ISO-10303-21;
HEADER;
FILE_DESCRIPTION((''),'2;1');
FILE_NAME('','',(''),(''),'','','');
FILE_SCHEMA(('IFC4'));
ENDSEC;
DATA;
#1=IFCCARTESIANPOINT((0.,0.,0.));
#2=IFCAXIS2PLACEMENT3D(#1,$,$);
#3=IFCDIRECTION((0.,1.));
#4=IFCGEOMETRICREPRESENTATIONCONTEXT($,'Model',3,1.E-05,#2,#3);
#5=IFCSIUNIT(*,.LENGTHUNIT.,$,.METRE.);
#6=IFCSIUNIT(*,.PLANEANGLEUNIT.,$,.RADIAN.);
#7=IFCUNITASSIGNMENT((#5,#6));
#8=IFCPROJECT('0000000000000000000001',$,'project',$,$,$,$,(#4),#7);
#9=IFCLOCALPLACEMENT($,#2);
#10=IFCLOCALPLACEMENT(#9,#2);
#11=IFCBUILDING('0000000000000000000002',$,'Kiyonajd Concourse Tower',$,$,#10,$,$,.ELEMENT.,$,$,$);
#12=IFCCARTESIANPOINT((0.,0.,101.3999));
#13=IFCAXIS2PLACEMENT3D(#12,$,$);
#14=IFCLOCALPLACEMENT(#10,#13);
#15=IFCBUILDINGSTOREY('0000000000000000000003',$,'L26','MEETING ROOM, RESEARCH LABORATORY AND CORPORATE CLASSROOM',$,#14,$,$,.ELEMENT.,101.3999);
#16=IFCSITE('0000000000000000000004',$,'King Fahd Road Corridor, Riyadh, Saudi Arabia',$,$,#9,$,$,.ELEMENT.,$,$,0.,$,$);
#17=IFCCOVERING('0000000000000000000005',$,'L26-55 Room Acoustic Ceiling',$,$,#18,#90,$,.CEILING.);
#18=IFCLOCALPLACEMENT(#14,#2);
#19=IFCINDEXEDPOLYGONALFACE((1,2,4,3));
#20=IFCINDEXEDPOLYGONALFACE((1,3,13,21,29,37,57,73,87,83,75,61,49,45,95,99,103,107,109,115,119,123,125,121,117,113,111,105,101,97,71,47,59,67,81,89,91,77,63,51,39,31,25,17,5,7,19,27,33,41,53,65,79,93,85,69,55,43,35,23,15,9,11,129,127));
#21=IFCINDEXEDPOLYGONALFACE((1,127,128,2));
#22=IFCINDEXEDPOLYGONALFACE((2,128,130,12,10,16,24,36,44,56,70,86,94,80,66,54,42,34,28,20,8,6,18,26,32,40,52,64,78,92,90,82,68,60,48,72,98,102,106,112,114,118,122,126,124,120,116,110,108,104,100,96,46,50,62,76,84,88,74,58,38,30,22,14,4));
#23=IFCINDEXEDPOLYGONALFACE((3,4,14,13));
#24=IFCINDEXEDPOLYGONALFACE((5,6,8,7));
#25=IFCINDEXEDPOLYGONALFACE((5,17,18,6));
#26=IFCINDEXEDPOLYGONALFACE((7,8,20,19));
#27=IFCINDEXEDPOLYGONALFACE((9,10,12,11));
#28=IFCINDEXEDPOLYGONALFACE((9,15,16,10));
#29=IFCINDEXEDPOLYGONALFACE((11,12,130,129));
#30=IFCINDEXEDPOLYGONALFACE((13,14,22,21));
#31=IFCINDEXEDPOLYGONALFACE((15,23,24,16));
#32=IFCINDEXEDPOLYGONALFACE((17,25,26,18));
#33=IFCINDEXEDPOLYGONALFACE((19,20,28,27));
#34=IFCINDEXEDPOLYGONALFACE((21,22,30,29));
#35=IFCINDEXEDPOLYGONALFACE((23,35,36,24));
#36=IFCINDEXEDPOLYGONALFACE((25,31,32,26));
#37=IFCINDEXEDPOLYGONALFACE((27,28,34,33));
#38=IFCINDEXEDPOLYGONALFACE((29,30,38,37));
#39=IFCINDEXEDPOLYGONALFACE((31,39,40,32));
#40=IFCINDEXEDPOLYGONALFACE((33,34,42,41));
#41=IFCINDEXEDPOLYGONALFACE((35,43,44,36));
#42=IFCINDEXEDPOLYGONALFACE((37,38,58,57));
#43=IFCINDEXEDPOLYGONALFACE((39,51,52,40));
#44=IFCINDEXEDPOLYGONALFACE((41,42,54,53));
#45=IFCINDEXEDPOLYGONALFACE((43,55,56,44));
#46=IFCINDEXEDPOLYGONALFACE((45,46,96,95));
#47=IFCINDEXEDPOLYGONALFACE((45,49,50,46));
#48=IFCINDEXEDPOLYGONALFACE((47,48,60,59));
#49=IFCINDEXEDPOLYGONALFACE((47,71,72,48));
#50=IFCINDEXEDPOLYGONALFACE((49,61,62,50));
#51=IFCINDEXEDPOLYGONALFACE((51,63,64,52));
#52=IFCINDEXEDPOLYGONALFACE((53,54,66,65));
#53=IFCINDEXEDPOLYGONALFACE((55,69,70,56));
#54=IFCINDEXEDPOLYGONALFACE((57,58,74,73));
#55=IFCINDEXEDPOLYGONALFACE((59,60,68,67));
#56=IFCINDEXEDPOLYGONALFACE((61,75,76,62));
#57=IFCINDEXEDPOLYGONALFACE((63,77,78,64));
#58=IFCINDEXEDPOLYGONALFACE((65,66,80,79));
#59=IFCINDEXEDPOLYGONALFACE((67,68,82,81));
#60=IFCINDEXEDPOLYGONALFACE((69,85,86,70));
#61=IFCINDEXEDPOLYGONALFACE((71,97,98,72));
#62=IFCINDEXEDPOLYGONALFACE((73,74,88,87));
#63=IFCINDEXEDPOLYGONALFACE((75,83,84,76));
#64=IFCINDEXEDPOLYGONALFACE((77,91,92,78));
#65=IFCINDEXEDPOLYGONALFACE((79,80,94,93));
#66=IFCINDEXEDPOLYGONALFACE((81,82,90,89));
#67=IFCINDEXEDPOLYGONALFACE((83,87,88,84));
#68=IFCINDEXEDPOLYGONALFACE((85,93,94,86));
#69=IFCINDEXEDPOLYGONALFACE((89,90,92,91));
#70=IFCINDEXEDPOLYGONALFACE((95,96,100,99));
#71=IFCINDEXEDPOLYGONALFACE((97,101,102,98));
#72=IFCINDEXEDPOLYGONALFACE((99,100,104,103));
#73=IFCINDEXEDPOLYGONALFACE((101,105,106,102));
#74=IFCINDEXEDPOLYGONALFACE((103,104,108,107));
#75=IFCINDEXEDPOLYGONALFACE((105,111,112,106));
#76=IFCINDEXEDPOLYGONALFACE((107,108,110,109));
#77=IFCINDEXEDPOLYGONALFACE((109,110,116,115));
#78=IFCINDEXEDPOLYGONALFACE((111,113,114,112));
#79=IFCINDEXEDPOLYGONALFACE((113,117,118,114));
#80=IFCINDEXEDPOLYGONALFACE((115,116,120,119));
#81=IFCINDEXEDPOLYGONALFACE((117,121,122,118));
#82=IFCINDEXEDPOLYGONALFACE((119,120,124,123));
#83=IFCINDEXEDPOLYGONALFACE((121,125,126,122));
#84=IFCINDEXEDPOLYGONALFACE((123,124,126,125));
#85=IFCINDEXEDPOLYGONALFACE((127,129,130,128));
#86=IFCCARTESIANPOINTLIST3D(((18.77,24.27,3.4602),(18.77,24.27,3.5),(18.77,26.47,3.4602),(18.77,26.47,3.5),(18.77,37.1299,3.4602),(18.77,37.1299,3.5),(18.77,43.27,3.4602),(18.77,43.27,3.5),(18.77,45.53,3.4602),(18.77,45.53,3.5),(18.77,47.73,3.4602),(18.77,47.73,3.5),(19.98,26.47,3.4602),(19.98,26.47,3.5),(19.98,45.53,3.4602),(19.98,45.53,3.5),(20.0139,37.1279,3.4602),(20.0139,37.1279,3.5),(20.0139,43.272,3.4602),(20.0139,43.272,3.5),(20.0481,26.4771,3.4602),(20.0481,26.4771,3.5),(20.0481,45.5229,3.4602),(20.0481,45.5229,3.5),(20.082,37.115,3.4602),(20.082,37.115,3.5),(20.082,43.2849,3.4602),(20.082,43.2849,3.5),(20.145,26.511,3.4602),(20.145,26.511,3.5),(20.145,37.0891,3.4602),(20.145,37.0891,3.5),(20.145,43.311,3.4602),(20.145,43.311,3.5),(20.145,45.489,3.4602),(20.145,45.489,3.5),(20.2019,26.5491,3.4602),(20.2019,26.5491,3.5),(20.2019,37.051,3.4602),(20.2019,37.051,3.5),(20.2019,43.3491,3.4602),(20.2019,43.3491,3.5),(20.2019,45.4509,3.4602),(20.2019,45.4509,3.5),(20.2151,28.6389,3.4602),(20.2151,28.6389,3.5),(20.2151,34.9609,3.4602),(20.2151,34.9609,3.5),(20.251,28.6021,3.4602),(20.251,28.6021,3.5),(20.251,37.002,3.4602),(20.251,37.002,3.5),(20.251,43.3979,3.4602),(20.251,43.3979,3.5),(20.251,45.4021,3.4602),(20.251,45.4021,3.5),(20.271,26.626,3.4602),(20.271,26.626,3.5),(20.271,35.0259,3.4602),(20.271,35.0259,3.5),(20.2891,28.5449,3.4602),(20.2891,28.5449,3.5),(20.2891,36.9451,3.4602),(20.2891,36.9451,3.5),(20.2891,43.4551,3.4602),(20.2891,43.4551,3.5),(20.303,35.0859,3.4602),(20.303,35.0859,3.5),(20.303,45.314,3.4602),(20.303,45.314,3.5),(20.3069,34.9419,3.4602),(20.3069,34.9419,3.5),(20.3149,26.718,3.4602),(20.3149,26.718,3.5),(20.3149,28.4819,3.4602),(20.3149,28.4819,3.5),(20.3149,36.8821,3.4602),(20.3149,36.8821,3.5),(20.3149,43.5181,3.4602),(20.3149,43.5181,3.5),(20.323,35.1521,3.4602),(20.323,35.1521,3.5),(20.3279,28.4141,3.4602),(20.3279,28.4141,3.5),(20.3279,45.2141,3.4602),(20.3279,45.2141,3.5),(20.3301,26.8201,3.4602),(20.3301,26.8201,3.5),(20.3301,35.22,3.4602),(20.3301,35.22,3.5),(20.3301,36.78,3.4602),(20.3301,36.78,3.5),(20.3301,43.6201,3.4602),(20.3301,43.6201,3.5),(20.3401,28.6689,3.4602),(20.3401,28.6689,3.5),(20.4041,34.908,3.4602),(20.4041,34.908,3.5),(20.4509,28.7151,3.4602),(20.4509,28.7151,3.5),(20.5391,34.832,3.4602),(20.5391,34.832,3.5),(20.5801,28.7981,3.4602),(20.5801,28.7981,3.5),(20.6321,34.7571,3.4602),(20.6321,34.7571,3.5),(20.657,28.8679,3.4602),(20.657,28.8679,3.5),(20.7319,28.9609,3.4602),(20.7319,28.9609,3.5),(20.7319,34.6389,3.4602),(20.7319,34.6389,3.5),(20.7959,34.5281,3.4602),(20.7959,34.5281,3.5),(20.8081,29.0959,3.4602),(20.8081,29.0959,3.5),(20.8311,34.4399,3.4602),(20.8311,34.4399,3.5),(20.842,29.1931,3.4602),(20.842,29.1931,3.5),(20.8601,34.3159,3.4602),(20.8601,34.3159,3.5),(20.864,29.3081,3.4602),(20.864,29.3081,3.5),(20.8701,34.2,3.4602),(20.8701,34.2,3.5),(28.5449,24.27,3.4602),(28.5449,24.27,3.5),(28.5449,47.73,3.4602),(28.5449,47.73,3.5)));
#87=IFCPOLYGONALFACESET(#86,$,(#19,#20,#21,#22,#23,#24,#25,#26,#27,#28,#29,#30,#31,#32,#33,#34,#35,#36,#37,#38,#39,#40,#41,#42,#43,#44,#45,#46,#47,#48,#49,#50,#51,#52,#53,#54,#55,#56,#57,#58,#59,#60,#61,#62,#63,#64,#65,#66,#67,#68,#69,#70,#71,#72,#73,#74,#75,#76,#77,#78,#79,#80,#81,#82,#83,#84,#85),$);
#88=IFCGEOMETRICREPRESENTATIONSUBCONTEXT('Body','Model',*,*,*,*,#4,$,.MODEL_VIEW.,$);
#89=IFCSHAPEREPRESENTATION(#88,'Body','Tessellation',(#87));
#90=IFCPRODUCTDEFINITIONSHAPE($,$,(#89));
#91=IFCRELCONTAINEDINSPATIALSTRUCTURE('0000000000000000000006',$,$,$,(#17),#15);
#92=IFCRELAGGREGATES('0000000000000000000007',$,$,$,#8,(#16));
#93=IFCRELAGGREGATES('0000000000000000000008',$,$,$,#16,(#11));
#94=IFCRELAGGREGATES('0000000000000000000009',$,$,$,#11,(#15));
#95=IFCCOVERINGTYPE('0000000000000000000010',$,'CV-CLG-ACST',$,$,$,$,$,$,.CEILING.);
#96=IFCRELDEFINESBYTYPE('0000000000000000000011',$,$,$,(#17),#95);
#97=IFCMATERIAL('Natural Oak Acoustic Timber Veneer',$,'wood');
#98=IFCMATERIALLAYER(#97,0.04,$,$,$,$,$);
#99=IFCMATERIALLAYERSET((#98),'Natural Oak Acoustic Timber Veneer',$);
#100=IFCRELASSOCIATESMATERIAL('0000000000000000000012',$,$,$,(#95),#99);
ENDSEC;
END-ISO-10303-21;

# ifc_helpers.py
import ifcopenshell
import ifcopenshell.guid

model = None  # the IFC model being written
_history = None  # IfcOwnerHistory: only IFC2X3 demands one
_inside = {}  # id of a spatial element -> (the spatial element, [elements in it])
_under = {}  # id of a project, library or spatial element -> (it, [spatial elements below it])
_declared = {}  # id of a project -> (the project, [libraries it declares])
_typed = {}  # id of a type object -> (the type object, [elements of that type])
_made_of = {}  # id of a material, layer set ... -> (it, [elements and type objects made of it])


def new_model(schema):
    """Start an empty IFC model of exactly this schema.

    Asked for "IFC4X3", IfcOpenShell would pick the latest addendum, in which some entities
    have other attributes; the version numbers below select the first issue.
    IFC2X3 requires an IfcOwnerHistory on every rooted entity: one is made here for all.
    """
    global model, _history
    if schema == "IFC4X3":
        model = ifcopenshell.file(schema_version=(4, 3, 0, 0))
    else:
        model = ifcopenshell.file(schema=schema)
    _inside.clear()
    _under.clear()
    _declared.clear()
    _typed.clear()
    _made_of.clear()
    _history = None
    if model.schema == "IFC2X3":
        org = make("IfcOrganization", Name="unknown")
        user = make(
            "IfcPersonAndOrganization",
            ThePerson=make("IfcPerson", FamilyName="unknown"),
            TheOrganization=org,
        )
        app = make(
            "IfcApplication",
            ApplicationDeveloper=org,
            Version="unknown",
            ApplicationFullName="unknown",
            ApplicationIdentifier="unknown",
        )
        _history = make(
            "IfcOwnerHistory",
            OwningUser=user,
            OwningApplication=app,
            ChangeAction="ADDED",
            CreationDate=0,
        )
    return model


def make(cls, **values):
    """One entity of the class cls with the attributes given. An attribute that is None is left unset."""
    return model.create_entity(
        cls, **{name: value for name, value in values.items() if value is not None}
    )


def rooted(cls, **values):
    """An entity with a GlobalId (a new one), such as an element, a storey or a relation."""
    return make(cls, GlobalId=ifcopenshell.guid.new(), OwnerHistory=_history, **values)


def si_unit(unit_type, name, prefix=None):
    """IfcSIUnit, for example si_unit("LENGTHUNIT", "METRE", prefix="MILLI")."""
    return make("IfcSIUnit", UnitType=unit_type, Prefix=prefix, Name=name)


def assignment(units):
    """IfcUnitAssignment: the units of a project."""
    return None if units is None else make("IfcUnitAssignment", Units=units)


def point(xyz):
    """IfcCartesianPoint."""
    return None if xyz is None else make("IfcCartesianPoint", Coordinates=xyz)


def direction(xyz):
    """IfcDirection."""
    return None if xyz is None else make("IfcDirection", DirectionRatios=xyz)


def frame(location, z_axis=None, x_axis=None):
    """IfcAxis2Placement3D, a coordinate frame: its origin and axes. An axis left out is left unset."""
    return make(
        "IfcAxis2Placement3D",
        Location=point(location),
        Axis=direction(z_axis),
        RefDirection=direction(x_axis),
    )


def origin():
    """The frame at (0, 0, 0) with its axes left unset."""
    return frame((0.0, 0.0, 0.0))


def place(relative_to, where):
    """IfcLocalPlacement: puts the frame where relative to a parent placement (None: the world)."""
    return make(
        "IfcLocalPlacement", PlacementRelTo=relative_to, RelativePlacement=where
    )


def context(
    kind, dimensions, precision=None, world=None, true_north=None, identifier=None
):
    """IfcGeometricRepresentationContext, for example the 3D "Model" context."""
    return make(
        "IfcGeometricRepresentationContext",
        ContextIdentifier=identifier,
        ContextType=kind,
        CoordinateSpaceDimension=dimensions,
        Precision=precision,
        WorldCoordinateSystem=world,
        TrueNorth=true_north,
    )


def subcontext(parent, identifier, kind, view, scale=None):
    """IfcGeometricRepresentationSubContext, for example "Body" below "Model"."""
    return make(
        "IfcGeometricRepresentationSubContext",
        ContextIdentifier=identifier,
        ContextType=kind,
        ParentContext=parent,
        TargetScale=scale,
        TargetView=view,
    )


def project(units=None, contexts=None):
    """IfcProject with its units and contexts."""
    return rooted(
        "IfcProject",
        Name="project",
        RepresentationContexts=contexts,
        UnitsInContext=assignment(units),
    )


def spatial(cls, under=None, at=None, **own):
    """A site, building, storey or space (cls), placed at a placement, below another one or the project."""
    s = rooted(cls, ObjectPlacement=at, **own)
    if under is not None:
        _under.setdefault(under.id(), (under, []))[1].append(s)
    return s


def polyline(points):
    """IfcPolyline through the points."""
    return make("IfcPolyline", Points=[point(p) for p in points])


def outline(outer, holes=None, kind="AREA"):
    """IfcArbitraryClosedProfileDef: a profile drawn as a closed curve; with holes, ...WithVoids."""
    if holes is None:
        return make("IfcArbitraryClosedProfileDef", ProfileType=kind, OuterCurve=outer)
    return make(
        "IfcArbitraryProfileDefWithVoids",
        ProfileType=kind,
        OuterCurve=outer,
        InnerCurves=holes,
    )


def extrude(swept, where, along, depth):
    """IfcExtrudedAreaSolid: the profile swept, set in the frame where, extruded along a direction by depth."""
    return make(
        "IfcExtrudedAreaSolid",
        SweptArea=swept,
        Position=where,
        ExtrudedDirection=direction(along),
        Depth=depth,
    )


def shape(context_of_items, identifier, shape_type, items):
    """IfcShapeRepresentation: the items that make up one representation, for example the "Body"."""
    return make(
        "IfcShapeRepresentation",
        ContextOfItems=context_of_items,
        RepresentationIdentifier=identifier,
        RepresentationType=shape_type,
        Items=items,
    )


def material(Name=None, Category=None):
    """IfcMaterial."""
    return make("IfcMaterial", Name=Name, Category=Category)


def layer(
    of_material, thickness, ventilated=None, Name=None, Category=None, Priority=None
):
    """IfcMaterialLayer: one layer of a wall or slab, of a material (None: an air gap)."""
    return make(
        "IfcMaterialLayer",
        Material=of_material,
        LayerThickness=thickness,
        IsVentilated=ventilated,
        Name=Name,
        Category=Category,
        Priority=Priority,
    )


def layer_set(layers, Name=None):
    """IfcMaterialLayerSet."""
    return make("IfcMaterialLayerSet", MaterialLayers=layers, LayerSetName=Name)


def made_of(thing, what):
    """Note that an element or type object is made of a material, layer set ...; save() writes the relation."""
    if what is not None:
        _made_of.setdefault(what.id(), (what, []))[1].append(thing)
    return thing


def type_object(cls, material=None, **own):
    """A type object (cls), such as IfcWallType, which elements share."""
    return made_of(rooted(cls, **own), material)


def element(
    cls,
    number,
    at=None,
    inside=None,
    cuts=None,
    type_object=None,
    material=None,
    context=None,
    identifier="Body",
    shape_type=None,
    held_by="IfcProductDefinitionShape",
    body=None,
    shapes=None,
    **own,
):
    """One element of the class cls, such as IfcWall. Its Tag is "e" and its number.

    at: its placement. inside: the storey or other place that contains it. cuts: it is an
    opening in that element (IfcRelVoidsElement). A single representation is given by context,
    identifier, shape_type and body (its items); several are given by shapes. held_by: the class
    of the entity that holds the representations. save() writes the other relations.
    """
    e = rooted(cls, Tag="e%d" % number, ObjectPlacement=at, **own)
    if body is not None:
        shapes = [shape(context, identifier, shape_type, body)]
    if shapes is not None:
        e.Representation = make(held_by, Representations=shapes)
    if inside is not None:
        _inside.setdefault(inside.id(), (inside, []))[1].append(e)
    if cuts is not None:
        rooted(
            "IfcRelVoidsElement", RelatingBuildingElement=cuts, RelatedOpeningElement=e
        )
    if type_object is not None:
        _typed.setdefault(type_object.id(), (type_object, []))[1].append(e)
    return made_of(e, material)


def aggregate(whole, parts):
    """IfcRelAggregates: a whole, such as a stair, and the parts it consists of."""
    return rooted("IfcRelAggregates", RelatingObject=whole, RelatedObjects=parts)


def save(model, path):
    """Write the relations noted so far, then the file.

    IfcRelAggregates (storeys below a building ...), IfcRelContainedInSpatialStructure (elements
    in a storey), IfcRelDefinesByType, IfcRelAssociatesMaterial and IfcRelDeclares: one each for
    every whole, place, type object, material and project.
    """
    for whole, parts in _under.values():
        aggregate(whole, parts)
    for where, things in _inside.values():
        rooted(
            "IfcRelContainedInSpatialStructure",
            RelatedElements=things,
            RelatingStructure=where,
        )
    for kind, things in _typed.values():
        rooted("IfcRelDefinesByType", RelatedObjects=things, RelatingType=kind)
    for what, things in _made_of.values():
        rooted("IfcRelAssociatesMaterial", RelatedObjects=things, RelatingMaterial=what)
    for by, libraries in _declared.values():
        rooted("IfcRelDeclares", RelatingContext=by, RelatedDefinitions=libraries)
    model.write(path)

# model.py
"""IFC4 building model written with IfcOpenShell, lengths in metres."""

from ifc_helpers import new_model, si_unit, direction, frame, origin, place, context, subcontext, project, spatial, polyline, outline, extrude, material, layer, layer_set, type_object, element, save


model = new_model("IFC4")

# Units and contexts
model_context = context("Model", 3, precision=1e-05, world=origin(), true_north=direction((0.0, 1.0)))
body_context = subcontext(model_context, "Body", "Model", "MODEL_VIEW")
ifc_project = project(units=[si_unit("LENGTHUNIT", "METRE"), si_unit("PLANEANGLEUNIT", "RADIAN")], contexts=[model_context])

# Site, building, storey
site_placement = place(None, origin())
site = spatial("IfcSite", under=ifc_project, at=site_placement, Name="King Fahd Road Corridor, Riyadh, Saudi Arabia", CompositionType="ELEMENT", RefElevation=0.0)
building_placement = place(site_placement, origin())
building = spatial("IfcBuilding", under=site, at=building_placement, Name="Kiyonajd Concourse Tower", CompositionType="ELEMENT")
storey_placement = place(building_placement, frame((0.0, 0.0, 101.3999)))
storey = spatial("IfcBuildingStorey", under=building, at=storey_placement, Name="L26", Description="MEETING ROOM, RESEARCH LABORATORY AND CORPORATE CLASSROOM", CompositionType="ELEMENT", Elevation=101.3999)

# Shared definitions
ifc_material_1 = material(Name="Natural Oak Acoustic Timber Veneer", Category="wood")

# Covering
ifc_layer_1 = layer(ifc_material_1, 0.04)
ifc_layer_set_1 = layer_set([ifc_layer_1], Name="Natural Oak Acoustic Timber Veneer")
covering_type = type_object("IfcCoveringType", Name="CV-CLG-ACST", PredefinedType="CEILING", material=ifc_layer_set_1)
covering_1_placement = place(storey_placement, frame((0.0, 0.0, 3.4602)))
element("IfcCovering", 1, at=covering_1_placement, inside=storey, type_object=covering_type, Name="L26-55 Room Acoustic Ceiling", PredefinedType="CEILING", context=body_context, shape_type="SweptSolid", body=[
    extrude(outline(polyline([(20.2151, 28.6389), (20.3401, 28.6689), (20.4509, 28.7151), (20.5801, 28.7981), (20.657, 28.8679), (20.7319, 28.9609), (20.8081, 29.0959), (20.842, 29.1931), (20.864, 29.3081), (20.8701, 34.2), (20.8601, 34.3159), (20.8311, 34.4399), (20.7959, 34.5281), (20.7319, 34.6389), (20.6321, 34.7571), (20.5391, 34.832), (20.4041, 34.908), (20.3069, 34.9419), (20.2151, 34.9609), (20.271, 35.0259), (20.303, 35.0859), (20.323, 35.1521), (20.3301, 35.22), (20.3301, 36.78), (20.3149, 36.8821), (20.2891, 36.9451), (20.251, 37.002), (20.2019, 37.051), (20.145, 37.0891), (20.082, 37.115), (20.0139, 37.1279), (18.77, 37.1299), (18.77, 43.27), (20.0139, 43.272), (20.082, 43.2849), (20.145, 43.311), (20.2019, 43.3491), (20.251, 43.3979), (20.2891, 43.4551), (20.3149, 43.5181), (20.3301, 43.6201), (20.3279, 45.2141), (20.303, 45.314), (20.251, 45.4021), (20.2019, 45.4509), (20.145, 45.489), (20.0481, 45.5229), (19.98, 45.53), (18.77, 45.53), (18.77, 47.73), (28.5449, 47.73), (28.5449, 24.27), (18.77, 24.27), (18.77, 26.47), (19.98, 26.47), (20.0481, 26.4771), (20.145, 26.511), (20.2019, 26.5491), (20.271, 26.626), (20.3149, 26.718), (20.3301, 26.8201), (20.3279, 28.4141), (20.3149, 28.4819), (20.2891, 28.5449), (20.251, 28.6021), (20.2151, 28.6389)])), origin(), (0.0, 0.0, 1.0), 0.0398),
])

save(model, "model.ifc")
